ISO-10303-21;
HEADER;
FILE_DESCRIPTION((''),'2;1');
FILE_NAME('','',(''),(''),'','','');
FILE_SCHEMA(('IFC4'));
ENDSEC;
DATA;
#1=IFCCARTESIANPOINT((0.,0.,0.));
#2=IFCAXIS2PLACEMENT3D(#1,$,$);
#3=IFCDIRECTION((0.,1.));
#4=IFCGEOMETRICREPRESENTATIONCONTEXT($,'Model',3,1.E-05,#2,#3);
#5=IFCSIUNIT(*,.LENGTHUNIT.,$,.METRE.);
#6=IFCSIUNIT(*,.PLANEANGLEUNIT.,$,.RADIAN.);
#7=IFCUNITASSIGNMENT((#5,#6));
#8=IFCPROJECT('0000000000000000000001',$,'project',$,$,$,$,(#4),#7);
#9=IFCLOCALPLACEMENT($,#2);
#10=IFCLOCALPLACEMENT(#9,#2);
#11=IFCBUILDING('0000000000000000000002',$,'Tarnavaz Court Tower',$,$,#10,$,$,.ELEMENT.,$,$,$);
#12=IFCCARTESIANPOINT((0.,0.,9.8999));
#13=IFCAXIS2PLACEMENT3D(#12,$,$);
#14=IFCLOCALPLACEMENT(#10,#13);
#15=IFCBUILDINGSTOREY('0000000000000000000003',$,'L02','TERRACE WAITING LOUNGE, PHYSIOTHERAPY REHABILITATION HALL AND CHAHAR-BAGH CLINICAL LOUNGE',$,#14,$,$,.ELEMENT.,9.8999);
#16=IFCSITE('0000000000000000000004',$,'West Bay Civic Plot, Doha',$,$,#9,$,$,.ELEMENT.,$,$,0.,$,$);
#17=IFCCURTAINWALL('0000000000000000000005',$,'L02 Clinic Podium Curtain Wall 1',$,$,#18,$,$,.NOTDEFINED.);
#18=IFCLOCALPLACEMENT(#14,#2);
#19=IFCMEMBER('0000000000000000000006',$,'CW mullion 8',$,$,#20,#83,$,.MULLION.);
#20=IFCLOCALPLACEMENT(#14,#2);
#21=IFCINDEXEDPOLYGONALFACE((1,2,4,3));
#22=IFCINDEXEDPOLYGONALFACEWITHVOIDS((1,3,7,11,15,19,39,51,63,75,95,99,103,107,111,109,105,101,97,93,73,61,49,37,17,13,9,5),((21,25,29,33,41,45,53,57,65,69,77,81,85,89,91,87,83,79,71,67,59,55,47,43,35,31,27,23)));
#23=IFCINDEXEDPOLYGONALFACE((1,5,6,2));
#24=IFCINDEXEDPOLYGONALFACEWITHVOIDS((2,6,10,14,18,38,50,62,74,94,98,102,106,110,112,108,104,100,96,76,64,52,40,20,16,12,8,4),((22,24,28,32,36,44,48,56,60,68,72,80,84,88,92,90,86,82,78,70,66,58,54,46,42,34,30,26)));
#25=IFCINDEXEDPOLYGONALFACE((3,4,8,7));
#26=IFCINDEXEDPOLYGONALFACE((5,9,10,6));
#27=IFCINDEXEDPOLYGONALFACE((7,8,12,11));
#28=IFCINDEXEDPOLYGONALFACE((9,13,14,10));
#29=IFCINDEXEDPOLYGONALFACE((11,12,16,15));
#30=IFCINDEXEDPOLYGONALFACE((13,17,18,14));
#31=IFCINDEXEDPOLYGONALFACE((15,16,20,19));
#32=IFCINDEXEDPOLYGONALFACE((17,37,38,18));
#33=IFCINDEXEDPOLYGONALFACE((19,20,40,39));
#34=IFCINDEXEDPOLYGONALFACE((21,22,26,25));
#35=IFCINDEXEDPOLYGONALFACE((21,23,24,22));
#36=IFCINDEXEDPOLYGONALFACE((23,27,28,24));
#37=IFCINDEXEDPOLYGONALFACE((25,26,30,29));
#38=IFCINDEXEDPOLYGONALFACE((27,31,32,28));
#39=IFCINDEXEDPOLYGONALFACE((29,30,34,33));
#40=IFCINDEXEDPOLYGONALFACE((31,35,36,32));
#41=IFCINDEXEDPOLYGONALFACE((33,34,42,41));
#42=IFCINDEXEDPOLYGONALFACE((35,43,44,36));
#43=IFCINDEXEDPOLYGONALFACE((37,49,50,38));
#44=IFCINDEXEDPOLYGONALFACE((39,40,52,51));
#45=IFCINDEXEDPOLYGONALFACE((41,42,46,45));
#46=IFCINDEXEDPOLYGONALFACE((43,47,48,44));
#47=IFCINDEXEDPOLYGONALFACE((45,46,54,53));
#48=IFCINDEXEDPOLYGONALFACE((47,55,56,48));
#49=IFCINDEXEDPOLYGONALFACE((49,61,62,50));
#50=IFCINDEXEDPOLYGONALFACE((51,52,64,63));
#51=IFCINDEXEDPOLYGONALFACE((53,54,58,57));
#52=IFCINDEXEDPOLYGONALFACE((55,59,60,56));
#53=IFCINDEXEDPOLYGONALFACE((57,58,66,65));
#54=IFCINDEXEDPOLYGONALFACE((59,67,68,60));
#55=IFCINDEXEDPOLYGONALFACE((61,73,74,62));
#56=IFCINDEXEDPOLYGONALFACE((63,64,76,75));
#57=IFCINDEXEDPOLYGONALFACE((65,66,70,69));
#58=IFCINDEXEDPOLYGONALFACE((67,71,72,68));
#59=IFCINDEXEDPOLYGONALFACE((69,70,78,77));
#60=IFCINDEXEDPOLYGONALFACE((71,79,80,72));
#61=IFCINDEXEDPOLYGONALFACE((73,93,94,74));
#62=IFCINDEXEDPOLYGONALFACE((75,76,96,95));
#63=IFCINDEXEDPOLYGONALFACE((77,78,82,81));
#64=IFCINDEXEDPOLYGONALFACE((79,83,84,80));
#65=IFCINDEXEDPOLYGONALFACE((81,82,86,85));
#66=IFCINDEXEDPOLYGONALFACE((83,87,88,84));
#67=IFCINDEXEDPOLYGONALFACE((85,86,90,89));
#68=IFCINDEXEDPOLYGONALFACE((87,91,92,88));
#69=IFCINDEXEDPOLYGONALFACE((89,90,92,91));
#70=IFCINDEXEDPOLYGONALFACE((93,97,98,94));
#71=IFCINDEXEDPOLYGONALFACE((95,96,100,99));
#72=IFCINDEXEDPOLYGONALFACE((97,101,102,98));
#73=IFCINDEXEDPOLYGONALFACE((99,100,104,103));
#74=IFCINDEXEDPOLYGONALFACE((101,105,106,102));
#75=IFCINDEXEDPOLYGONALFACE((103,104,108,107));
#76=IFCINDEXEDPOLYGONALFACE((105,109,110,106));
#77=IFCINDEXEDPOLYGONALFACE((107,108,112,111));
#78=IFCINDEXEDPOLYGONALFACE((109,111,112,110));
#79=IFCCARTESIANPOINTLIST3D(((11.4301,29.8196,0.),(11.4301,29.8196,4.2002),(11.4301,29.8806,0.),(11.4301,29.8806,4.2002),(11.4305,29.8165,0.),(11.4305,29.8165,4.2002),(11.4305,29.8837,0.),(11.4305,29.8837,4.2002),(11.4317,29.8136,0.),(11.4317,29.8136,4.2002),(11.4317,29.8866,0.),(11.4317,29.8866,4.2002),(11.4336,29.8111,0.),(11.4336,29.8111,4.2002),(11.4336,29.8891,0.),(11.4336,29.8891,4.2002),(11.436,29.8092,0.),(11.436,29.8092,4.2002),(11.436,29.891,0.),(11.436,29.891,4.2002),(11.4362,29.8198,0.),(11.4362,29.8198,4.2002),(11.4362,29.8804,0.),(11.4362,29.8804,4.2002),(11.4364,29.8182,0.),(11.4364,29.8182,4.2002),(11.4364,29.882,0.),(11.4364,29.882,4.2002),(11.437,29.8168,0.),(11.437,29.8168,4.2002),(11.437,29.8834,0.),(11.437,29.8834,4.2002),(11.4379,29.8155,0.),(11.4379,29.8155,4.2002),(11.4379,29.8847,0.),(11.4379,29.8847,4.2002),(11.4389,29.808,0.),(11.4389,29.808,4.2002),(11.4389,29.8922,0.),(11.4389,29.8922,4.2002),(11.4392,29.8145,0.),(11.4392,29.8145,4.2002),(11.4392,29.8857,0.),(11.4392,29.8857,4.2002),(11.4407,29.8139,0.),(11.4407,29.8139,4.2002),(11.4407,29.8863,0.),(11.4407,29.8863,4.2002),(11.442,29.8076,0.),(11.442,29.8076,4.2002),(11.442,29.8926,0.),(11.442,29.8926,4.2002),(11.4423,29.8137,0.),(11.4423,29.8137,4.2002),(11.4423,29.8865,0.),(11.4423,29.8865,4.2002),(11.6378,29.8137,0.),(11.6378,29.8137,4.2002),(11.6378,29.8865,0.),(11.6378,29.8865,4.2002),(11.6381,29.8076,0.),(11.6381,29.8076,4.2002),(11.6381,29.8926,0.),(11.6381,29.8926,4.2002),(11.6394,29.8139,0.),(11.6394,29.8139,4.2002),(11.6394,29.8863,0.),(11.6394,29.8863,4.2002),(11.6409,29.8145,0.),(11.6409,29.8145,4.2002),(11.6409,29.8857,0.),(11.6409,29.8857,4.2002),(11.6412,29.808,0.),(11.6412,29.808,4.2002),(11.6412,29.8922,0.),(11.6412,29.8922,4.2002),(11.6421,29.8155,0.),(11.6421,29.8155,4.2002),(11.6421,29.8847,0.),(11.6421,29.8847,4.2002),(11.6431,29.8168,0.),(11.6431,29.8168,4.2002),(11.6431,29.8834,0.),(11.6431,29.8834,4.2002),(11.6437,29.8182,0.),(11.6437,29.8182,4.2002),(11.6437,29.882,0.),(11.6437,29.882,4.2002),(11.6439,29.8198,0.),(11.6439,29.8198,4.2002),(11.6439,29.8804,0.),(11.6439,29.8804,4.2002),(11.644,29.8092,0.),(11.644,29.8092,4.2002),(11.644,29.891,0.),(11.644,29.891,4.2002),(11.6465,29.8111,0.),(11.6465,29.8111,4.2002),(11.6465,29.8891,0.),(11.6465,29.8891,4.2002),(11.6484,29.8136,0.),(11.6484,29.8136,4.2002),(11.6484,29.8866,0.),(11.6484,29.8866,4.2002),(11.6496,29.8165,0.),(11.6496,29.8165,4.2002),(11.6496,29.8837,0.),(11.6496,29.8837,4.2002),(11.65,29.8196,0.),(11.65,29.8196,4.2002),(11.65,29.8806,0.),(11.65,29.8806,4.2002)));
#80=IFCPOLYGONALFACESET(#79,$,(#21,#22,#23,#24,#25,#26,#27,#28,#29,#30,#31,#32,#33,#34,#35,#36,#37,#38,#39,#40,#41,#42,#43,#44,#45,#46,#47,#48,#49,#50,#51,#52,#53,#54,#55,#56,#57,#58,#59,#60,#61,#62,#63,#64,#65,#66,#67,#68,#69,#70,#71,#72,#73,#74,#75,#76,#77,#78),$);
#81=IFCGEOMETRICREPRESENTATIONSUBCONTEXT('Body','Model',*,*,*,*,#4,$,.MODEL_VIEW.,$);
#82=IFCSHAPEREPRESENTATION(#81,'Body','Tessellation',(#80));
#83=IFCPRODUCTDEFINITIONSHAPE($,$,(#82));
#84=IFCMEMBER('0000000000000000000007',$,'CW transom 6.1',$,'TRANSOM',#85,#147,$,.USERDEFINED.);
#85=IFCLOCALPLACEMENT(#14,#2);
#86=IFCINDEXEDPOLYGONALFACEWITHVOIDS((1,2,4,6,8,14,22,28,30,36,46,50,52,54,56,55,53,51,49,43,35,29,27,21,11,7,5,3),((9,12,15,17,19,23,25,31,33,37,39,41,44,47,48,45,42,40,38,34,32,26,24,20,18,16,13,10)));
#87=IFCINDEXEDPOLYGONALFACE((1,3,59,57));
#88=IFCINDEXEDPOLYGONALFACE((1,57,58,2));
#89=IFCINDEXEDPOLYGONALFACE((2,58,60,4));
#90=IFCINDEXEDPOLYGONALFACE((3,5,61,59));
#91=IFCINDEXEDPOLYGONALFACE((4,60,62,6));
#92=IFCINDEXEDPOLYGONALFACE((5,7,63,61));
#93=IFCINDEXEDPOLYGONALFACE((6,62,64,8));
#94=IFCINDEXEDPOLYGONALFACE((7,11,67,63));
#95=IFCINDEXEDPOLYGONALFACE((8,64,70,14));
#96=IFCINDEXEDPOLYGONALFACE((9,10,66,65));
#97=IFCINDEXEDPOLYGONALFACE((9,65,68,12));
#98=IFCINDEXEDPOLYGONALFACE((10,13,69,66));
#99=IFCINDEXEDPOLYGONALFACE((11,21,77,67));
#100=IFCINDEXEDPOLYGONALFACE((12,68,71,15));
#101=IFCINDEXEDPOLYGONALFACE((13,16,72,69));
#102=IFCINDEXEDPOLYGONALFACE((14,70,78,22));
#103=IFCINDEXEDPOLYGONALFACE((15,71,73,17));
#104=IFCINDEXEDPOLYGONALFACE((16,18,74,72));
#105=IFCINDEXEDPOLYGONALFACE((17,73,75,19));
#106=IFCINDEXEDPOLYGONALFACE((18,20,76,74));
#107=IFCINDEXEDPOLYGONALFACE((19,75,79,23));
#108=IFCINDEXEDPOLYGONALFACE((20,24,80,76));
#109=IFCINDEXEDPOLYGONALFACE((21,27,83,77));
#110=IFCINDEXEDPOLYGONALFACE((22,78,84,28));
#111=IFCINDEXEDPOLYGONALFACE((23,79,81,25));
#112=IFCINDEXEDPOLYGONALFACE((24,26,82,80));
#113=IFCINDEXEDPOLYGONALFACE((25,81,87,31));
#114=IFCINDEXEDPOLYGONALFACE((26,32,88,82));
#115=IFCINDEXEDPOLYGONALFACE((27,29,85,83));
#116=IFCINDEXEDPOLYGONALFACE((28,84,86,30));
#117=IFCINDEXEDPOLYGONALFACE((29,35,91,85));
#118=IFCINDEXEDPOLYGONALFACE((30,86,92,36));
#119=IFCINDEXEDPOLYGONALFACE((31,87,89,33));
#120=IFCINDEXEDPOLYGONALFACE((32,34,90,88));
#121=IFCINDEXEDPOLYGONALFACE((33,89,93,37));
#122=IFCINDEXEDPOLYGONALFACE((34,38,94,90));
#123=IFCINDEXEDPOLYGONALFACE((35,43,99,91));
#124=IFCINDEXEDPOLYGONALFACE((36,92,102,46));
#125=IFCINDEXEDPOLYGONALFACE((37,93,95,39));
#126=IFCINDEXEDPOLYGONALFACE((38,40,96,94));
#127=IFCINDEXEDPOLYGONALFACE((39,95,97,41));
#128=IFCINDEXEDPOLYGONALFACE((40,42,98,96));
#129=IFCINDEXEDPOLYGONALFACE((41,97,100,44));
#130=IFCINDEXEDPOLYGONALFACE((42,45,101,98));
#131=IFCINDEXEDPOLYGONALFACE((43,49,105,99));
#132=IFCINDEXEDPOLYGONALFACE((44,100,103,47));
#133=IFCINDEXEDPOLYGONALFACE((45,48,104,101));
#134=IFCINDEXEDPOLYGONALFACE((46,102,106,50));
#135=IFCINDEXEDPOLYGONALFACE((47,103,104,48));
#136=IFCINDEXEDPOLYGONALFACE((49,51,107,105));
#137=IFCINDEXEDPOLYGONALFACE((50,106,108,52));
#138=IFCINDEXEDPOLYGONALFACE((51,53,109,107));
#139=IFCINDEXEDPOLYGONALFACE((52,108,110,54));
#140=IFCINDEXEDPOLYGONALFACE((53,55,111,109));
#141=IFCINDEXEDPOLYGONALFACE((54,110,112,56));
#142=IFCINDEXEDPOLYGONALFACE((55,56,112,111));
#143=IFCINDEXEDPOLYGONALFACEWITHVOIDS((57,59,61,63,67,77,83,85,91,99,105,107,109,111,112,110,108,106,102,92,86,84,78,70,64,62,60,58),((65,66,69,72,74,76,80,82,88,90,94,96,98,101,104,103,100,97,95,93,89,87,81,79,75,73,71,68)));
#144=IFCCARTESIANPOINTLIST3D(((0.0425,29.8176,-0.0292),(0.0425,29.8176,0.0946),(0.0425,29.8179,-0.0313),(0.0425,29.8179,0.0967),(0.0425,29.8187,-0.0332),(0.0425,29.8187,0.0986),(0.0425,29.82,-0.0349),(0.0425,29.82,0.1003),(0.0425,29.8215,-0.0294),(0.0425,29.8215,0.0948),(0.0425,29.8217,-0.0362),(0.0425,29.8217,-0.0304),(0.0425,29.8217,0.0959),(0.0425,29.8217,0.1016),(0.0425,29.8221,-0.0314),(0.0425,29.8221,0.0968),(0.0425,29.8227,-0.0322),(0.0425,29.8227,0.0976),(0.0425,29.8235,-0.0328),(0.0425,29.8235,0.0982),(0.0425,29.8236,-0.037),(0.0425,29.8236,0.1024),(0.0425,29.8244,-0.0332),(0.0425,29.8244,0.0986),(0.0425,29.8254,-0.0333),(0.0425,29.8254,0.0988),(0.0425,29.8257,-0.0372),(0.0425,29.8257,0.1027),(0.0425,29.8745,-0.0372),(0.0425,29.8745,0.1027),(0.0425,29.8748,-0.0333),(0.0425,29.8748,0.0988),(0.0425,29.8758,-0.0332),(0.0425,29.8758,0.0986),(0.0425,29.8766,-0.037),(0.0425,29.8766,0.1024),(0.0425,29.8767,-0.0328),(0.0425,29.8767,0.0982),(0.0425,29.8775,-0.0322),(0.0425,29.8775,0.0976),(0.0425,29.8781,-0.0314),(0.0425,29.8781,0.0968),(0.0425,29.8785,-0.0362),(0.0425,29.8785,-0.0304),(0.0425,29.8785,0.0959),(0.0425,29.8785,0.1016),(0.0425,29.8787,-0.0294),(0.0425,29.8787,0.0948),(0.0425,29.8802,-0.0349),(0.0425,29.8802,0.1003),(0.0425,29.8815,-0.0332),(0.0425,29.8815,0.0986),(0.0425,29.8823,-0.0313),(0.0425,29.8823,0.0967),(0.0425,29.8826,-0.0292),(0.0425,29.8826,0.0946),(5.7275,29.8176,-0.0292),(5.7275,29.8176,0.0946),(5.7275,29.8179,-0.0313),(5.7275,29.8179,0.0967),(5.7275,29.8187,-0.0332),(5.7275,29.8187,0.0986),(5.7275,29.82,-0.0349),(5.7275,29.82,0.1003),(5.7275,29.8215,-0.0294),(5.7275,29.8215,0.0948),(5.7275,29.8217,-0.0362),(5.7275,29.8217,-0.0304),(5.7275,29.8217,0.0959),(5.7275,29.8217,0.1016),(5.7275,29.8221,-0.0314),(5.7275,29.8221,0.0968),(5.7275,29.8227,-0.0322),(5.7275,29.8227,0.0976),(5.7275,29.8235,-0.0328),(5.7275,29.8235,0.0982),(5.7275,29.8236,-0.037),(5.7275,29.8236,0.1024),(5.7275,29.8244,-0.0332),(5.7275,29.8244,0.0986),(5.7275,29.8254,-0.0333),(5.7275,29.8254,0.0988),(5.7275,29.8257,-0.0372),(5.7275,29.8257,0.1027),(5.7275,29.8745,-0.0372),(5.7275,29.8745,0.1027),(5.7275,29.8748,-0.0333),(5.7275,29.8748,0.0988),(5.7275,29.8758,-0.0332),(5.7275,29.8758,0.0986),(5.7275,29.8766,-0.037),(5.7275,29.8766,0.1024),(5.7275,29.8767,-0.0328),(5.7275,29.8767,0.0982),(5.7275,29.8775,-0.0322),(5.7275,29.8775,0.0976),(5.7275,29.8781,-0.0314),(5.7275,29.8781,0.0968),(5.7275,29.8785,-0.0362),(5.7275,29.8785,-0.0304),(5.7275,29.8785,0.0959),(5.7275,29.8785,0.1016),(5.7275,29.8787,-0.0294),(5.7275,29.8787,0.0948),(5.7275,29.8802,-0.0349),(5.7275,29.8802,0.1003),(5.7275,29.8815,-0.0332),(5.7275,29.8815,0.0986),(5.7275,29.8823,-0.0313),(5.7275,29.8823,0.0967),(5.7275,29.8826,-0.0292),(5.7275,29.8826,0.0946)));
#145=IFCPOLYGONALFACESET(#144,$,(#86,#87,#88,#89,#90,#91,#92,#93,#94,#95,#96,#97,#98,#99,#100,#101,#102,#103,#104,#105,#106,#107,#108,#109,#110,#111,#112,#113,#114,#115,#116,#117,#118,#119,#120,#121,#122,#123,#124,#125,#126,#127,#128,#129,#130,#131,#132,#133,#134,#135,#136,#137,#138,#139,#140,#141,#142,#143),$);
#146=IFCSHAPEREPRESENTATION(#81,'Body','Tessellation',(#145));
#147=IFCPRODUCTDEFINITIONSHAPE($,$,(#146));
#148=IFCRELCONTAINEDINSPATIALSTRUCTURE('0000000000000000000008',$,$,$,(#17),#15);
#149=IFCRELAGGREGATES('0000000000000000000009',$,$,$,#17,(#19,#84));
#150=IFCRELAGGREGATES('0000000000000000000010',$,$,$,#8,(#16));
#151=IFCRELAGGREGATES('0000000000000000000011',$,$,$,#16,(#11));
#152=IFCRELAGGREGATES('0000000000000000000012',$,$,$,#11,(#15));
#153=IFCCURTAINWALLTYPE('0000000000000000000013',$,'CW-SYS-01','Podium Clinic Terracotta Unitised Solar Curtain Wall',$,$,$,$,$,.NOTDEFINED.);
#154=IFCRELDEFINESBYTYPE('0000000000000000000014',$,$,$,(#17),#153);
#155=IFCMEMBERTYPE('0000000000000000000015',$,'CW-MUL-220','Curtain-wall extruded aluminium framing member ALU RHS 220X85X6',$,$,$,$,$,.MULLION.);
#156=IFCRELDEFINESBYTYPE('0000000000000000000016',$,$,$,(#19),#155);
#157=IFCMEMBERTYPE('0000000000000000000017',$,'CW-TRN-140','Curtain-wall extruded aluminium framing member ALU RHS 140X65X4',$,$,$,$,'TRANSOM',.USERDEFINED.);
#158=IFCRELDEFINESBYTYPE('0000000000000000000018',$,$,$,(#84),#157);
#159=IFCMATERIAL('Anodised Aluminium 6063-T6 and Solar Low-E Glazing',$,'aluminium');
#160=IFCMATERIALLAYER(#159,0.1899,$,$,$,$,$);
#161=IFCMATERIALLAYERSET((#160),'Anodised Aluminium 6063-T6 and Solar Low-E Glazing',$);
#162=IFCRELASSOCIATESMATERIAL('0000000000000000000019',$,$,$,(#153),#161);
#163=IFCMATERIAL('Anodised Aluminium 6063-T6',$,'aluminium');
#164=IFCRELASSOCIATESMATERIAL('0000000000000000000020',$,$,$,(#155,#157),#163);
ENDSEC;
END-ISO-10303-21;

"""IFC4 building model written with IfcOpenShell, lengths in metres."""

from ifc_helpers import new_model, si_unit, direction, frame, origin, origin_2d, place, context, subcontext, project, spatial, hollow_rectangle, extrude, material, layer, layer_set, material_profile, profile_set, type_object, element, aggregate, save


model = new_model("IFC4")

# Units and contexts
model_context = context("Model", 3, precision=1e-05, world=origin(), true_north=direction((0.0, 1.0)))
body_context = subcontext(model_context, "Body", "Model", "MODEL_VIEW")
ifc_project = project(units=[si_unit("LENGTHUNIT", "METRE"), si_unit("PLANEANGLEUNIT", "RADIAN")], contexts=[model_context])

# Site, building, storey
site_placement = place(None, origin())
site = spatial("IfcSite", under=ifc_project, at=site_placement, Name="West Bay Civic Plot, Doha", CompositionType="ELEMENT", RefElevation=0.0)
building_placement = place(site_placement, origin())
building = spatial("IfcBuilding", under=site, at=building_placement, Name="Tarnavaz Court Tower", CompositionType="ELEMENT")
storey_placement = place(building_placement, frame((0.0, 0.0, 9.8999)))
storey = spatial("IfcBuildingStorey", under=building, at=storey_placement, Name="L02", Description="TERRACE WAITING LOUNGE, PHYSIOTHERAPY REHABILITATION HALL AND CHAHAR-BAGH CLINICAL LOUNGE", CompositionType="ELEMENT", Elevation=9.8999)

# Curtain wall, members
ifc_material_1 = material(Name="Anodised Aluminium 6063-T6 and Solar Low-E Glazing", Category="aluminium")
ifc_layer_1 = layer(ifc_material_1, 0.1899)
ifc_layer_set_1 = layer_set([ifc_layer_1], Name="Anodised Aluminium 6063-T6 and Solar Low-E Glazing")
curtain_wall_type = type_object("IfcCurtainWallType", Name="CW-SYS-01", Description="Podium Clinic Terracotta Unitised Solar Curtain Wall", PredefinedType="NOTDEFINED", material=ifc_layer_set_1)
curtain_wall_placement = place(storey_placement, origin())
curtain_wall = element("IfcCurtainWall", 1, at=curtain_wall_placement, inside=storey, type_object=curtain_wall_type, Name="L02 Clinic Podium Curtain Wall 1", PredefinedType="NOTDEFINED")
ifc_material_2 = material(Name="Anodised Aluminium 6063-T6", Category="aluminium")
ifc_material_profile_1 = material_profile(ifc_material_2, hollow_rectangle(XDim=0.085, YDim=0.22, WallThickness=0.0061, InnerFilletRadius=0.0061, OuterFilletRadius=0.012, at=origin_2d()), Name="ALU RHS 220X85X6")
ifc_profile_set_1 = profile_set([ifc_material_profile_1], Name="Anodised Aluminium 6063-T6")
member_type_1 = type_object("IfcMemberType", Name="CW-MUL-220", Description="Curtain-wall extruded aluminium framing member ALU RHS 220X85X6", PredefinedType="MULLION", material=ifc_profile_set_1)
member_1_placement = place(storey_placement, frame((11.54, 29.8501, 0.0), z_axis=(0.0, 0.0, 1.0), x_axis=(0.0, 1.0, 0.0)))
member_1 = element("IfcMember", 2, at=member_1_placement, type_object=member_type_1, Name="CW mullion 8", PredefinedType="MULLION", context=body_context, shape_type="SweptSolid", body=[
    extrude(hollow_rectangle(XDim=0.085, YDim=0.22, WallThickness=0.0061, InnerFilletRadius=0.0061, OuterFilletRadius=0.012, at=origin_2d()), origin(), (0.0, 0.0, 1.0), 4.2002),
])
ifc_material_profile_2 = material_profile(ifc_material_2, hollow_rectangle(XDim=0.0649, YDim=0.1399, WallThickness=0.0039, InnerFilletRadius=0.0039, OuterFilletRadius=0.0081, at=origin_2d()), Name="ALU RHS 140X65X4")
ifc_profile_set_2 = profile_set([ifc_material_profile_2], Name="Anodised Aluminium 6063-T6")
member_type_2 = type_object("IfcMemberType", Name="CW-TRN-140", Description="Curtain-wall extruded aluminium framing member ALU RHS 140X65X4", ElementType="TRANSOM", PredefinedType="USERDEFINED", material=ifc_profile_set_2)
member_2_placement = place(storey_placement, frame((0.0425, 29.8501, 0.0327), z_axis=(1.0, 0.0, 0.0), x_axis=(0.0, 1.0, 0.0)))
member_2 = element("IfcMember", 3, at=member_2_placement, type_object=member_type_2, Name="CW transom 6.1", ObjectType="TRANSOM", PredefinedType="USERDEFINED", context=body_context, shape_type="SweptSolid", body=[
    extrude(hollow_rectangle(XDim=0.0649, YDim=0.1399, WallThickness=0.0039, InnerFilletRadius=0.0039, OuterFilletRadius=0.0081, at=origin_2d()), origin(), (0.0, 0.0, 1.0), 5.6851),
])
aggregate(curtain_wall, [member_1, member_2])

save(model, "model.ifc")
